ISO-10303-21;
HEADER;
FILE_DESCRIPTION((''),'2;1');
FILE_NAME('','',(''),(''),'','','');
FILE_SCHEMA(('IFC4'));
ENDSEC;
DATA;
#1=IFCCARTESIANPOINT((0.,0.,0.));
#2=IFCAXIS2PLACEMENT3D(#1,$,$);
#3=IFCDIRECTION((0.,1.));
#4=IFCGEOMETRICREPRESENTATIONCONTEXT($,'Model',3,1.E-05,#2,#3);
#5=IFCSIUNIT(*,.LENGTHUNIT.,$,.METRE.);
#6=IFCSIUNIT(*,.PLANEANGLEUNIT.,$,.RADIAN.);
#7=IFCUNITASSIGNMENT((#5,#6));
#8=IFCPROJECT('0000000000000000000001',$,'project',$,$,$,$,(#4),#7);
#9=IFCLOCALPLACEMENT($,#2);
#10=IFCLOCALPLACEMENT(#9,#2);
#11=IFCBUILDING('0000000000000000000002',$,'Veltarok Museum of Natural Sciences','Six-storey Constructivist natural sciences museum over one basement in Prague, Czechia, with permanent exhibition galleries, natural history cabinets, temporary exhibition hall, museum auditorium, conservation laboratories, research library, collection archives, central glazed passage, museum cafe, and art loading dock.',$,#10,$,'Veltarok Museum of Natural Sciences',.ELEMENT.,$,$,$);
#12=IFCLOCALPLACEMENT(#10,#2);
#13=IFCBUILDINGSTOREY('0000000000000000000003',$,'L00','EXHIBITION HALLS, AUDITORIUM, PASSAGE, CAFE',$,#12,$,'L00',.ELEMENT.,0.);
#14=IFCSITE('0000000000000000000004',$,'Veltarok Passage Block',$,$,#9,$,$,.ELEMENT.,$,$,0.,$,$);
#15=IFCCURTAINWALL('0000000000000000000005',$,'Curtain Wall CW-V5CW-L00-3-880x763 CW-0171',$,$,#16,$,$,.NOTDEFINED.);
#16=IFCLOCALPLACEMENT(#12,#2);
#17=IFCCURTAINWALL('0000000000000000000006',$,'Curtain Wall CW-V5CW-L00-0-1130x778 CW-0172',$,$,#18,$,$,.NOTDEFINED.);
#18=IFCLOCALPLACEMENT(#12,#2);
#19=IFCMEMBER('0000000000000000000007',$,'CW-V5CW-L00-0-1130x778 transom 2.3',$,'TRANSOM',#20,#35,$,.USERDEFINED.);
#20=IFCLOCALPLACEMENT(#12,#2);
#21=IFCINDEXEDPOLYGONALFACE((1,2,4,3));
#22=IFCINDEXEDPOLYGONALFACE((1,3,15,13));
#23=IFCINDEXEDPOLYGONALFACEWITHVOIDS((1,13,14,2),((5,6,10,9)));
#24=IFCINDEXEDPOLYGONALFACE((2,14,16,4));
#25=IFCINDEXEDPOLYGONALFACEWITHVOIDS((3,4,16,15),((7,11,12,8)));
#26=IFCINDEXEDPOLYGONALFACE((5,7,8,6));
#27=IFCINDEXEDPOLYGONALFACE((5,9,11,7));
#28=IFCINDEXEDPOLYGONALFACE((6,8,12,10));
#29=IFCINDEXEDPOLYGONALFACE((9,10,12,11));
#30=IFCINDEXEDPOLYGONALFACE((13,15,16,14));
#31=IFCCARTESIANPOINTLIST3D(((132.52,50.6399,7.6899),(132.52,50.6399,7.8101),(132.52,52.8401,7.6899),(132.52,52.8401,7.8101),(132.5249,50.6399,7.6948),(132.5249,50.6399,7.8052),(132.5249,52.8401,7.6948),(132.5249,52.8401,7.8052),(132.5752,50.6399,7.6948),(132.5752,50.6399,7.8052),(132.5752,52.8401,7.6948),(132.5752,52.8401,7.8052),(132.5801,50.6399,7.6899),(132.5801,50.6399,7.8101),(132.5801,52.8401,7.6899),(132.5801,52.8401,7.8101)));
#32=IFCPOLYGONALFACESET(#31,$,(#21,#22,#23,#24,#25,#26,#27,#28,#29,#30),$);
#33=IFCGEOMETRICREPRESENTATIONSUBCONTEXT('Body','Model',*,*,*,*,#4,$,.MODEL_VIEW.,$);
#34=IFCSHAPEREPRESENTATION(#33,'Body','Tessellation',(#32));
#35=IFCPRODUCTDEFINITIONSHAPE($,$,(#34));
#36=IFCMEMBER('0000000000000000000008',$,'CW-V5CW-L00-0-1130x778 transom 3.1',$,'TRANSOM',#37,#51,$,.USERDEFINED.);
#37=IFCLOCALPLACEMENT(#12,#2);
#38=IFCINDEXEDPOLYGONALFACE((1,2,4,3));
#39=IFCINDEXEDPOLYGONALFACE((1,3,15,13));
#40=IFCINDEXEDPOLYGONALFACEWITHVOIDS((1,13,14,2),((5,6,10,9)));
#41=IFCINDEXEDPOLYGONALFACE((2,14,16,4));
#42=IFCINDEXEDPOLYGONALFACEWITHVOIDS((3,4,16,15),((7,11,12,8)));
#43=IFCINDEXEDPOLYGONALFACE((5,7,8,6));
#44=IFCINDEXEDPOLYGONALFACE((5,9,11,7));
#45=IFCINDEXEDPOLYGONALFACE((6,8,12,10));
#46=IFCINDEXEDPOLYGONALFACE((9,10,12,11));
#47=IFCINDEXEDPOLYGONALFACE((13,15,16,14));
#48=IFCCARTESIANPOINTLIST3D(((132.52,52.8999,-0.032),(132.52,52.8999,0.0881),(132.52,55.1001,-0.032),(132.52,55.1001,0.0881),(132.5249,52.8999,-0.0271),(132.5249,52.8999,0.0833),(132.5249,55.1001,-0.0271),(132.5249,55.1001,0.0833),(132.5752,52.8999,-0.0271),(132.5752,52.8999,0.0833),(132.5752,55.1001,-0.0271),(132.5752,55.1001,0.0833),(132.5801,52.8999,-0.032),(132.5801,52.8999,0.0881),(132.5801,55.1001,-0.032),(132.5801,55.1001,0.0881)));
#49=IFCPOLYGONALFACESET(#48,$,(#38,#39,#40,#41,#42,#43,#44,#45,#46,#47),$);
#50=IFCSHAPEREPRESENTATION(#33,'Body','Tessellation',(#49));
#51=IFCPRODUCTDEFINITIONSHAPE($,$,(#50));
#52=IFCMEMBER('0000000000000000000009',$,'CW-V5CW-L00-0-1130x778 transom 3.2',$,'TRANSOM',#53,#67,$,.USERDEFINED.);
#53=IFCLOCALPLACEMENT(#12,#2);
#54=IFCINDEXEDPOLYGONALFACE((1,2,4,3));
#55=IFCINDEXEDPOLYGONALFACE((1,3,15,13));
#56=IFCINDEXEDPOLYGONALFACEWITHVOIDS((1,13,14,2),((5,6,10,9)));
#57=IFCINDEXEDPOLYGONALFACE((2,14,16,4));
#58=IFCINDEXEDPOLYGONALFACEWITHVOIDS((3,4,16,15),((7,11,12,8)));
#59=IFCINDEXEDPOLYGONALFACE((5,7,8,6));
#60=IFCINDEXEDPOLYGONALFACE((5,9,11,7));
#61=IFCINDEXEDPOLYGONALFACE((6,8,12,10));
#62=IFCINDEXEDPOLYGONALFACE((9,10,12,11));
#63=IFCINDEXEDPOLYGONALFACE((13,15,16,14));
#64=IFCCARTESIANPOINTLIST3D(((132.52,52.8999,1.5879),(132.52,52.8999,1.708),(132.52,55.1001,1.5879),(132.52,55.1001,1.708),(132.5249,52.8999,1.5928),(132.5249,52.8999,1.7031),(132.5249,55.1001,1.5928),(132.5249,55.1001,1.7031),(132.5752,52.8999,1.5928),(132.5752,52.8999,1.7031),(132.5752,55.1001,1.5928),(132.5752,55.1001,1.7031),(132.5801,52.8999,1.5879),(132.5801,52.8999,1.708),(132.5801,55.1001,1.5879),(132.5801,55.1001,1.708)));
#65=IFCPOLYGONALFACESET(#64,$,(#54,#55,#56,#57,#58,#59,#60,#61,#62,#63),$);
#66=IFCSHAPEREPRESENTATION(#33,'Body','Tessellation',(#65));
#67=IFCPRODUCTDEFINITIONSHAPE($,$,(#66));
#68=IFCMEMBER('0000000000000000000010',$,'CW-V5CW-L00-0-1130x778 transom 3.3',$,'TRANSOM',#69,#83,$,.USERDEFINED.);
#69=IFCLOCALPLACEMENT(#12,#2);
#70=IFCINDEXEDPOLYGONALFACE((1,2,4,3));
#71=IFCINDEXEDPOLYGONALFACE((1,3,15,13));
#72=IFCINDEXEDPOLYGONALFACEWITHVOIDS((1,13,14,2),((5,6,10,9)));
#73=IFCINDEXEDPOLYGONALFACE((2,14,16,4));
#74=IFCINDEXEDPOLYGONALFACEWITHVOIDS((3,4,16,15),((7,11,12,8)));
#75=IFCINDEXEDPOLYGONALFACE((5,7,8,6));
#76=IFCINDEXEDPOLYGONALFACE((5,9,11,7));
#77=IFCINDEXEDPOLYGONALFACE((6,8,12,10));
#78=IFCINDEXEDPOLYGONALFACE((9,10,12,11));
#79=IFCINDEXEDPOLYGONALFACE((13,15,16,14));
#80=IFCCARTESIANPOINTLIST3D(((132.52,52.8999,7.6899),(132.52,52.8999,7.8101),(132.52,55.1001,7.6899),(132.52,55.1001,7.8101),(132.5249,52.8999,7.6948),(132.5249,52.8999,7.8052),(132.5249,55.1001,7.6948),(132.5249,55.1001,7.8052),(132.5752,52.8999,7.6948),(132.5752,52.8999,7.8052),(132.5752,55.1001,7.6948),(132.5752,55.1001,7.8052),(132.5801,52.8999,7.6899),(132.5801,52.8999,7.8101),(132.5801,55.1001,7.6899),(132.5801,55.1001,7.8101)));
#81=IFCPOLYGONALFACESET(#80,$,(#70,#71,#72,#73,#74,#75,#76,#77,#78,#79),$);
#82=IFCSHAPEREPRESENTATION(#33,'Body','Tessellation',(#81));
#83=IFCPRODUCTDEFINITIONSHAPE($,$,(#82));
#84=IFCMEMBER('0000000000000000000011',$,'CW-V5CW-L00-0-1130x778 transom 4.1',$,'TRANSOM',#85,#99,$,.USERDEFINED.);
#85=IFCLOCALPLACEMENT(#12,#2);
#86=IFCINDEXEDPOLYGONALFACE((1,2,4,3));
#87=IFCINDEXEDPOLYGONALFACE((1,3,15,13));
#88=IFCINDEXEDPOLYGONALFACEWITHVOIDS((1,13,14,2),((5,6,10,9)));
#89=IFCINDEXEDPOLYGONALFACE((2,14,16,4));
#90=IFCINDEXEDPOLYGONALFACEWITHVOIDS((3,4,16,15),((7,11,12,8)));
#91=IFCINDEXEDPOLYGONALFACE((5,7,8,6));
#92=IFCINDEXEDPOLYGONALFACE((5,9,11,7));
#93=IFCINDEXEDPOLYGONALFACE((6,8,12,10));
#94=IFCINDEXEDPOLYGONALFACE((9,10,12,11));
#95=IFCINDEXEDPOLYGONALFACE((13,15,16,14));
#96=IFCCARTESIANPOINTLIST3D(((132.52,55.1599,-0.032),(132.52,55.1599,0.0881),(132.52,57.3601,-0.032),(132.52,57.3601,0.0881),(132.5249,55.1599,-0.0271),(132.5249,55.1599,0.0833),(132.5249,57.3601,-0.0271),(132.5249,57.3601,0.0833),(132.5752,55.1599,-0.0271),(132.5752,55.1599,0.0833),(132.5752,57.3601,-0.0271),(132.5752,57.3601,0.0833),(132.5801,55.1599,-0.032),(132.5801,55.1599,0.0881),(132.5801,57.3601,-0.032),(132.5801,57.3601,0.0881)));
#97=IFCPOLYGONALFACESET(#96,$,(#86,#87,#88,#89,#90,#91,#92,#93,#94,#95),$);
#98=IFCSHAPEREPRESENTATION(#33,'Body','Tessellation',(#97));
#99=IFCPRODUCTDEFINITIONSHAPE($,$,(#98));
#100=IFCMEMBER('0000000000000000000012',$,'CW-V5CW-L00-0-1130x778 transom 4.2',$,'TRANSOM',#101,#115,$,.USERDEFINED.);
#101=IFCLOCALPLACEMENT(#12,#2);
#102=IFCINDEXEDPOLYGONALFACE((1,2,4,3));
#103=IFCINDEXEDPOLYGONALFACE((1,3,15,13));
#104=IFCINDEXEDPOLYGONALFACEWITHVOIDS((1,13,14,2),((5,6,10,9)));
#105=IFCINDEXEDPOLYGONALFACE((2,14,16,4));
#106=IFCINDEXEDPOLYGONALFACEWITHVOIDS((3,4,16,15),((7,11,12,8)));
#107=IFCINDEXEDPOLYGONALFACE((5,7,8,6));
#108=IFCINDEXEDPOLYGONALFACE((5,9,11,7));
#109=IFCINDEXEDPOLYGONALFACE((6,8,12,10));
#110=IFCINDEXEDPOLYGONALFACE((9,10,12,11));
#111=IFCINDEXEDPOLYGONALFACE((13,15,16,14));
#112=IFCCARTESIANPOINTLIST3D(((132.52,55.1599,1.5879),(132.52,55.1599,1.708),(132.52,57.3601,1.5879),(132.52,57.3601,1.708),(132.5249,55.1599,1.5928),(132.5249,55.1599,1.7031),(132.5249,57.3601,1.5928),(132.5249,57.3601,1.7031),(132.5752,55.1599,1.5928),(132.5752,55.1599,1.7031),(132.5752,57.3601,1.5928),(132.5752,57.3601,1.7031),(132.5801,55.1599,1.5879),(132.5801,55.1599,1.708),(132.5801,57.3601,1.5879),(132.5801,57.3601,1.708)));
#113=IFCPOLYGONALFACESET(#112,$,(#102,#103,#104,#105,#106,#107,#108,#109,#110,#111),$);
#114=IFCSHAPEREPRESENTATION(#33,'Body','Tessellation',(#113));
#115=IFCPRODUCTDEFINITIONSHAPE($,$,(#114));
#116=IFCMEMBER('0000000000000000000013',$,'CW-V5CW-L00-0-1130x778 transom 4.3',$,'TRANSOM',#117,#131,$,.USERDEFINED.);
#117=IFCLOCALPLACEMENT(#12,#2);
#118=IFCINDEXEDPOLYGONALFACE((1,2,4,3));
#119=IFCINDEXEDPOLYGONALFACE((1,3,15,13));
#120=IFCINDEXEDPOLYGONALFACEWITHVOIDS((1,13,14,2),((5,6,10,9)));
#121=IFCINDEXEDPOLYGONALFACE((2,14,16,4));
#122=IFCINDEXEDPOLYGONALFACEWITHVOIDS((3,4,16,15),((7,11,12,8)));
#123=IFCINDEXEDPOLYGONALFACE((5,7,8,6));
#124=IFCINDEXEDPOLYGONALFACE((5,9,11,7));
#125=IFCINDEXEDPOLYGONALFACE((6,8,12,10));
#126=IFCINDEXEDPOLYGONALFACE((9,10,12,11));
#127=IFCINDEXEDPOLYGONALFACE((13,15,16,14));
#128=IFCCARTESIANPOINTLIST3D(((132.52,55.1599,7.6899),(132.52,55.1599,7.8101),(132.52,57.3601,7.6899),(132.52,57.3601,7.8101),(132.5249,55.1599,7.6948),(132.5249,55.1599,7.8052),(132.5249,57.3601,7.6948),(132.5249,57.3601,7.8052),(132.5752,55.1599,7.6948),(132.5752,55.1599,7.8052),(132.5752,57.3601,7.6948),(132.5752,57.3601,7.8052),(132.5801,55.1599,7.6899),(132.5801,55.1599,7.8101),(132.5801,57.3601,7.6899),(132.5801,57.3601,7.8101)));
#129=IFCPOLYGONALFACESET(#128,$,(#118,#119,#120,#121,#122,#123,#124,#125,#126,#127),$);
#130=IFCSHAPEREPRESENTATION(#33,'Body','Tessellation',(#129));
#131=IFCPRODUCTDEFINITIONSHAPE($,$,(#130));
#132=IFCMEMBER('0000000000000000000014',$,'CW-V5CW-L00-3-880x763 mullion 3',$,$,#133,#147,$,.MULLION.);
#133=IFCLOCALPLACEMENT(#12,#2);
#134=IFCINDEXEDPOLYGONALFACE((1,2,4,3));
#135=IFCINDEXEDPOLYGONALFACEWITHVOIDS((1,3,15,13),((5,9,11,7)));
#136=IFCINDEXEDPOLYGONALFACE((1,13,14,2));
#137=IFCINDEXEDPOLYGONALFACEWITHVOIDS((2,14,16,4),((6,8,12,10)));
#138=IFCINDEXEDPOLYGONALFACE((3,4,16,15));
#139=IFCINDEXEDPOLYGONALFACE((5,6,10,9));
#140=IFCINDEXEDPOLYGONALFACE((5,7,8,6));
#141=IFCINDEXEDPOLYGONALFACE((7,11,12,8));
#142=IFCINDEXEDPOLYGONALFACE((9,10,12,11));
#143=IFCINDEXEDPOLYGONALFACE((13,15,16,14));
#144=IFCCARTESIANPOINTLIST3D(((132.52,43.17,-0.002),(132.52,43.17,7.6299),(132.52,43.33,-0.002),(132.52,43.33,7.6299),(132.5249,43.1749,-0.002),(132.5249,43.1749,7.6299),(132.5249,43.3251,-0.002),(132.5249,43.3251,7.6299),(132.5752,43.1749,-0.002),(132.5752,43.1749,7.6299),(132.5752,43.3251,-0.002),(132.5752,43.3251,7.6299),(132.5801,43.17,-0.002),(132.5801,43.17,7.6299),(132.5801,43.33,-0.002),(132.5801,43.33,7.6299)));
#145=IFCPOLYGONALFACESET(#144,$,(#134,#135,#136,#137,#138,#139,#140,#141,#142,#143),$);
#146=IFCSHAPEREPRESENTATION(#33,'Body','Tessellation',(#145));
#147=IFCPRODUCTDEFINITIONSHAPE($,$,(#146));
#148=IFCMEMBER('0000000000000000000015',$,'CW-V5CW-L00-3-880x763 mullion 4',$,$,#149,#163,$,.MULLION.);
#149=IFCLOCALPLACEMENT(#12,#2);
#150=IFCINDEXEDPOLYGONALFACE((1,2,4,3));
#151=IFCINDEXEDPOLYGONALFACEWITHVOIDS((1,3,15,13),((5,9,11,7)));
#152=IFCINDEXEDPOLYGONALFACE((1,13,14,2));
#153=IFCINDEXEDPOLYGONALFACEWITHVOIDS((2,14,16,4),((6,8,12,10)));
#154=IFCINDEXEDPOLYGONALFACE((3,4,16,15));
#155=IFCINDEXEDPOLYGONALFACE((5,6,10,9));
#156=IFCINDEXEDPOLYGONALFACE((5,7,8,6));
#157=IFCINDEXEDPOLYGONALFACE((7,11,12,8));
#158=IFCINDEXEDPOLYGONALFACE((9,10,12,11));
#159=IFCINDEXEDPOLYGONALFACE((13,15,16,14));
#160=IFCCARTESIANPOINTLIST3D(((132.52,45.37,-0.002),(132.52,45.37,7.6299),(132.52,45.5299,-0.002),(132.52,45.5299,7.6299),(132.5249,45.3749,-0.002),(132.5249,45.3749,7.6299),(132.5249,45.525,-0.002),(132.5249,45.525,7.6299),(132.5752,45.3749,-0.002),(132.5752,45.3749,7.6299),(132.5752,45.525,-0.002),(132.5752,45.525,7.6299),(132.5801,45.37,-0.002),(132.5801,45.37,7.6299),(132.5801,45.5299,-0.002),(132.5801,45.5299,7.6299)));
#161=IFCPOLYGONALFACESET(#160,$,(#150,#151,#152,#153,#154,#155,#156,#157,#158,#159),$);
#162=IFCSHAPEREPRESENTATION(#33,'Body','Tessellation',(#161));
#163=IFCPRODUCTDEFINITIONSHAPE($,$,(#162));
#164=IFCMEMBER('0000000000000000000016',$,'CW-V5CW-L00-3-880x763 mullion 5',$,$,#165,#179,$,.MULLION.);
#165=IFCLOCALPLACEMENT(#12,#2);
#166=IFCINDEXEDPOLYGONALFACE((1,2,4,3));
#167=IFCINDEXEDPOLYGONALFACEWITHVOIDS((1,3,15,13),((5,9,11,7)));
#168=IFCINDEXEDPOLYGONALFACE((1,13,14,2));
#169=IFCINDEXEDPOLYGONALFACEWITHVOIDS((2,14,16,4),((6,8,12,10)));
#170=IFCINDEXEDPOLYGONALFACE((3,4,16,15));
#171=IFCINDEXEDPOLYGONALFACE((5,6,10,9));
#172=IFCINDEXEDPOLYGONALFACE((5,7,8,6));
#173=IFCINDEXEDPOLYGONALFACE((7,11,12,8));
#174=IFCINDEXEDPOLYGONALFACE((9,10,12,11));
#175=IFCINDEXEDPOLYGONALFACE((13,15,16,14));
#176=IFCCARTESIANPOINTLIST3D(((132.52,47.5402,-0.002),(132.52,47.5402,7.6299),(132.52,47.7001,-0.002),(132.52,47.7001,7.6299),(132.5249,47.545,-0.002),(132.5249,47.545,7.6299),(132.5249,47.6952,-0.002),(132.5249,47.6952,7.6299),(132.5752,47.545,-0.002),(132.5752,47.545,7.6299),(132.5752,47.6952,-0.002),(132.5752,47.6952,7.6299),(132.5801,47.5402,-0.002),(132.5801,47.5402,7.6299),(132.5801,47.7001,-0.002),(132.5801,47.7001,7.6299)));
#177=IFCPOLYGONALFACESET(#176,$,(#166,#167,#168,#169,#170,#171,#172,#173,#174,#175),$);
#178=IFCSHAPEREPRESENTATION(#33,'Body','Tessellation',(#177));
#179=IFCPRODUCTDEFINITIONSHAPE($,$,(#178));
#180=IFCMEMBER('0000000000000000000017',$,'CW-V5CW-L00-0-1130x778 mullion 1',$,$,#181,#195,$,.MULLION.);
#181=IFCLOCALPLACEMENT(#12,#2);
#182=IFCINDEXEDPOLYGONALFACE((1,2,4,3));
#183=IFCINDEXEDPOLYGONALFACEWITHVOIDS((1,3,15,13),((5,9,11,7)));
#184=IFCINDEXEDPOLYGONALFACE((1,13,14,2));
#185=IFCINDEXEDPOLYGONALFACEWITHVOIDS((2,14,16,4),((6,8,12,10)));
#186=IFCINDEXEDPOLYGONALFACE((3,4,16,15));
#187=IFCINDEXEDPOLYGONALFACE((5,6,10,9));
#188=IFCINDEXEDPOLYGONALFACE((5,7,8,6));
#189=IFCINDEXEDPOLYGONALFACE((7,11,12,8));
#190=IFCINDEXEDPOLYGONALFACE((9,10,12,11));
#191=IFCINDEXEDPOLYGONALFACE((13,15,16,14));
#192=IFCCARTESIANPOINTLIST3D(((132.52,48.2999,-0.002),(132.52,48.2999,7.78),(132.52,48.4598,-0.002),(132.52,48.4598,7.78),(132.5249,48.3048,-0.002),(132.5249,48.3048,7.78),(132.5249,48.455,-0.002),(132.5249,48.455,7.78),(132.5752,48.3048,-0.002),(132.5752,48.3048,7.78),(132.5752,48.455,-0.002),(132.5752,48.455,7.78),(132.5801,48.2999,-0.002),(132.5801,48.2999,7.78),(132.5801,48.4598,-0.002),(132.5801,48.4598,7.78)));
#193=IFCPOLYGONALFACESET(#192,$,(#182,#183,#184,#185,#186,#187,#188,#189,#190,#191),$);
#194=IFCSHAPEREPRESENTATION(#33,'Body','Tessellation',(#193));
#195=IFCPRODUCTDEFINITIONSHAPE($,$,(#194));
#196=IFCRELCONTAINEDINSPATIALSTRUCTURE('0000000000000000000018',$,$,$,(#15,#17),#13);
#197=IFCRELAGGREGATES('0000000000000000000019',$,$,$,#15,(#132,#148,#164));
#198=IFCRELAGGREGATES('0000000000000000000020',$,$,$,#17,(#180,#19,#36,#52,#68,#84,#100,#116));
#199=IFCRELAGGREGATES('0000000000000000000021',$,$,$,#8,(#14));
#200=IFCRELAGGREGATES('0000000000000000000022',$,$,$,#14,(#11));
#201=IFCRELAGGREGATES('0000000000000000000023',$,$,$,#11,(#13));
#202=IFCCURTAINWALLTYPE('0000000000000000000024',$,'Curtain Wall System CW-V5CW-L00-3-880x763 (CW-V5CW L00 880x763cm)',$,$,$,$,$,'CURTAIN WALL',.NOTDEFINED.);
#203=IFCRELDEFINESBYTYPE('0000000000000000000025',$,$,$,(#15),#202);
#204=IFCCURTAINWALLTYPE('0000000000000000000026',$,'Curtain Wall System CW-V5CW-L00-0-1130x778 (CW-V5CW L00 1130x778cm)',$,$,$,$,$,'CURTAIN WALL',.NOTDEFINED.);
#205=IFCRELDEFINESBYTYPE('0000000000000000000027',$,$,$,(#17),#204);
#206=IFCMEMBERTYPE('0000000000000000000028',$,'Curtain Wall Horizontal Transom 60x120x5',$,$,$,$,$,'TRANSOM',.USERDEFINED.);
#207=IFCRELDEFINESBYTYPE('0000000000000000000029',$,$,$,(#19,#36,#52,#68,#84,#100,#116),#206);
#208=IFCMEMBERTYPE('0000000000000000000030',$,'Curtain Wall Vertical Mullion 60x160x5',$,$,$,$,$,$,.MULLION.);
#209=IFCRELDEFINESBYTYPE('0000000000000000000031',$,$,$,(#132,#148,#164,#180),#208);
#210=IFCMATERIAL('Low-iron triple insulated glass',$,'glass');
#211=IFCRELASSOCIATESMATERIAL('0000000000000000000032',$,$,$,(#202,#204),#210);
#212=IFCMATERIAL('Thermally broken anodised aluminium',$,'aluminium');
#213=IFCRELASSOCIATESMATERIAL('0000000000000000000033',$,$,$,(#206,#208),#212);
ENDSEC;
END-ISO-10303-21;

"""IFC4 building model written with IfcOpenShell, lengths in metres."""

from ifc_helpers import new_model, si_unit, direction, frame, origin, origin_2d, place, context, subcontext, project, spatial, hollow_rectangle, extrude, material, material_profile, profile_set, type_object, element, aggregate, save


model = new_model("IFC4")

# Units and contexts
model_context = context("Model", 3, precision=1e-05, world=origin(), true_north=direction((0.0, 1.0)))
body_context = subcontext(model_context, "Body", "Model", "MODEL_VIEW")
ifc_project = project(units=[si_unit("LENGTHUNIT", "METRE"), si_unit("PLANEANGLEUNIT", "RADIAN")], contexts=[model_context])

# Site, building, storey
site_placement = place(None, origin())
site = spatial("IfcSite", under=ifc_project, at=site_placement, Name="Veltarok Passage Block", CompositionType="ELEMENT", RefElevation=0.0)
building_placement = place(site_placement, origin())
building = spatial("IfcBuilding", under=site, at=building_placement, Name="Veltarok Museum of Natural Sciences", Description="Six-storey Constructivist natural sciences museum over one basement in Prague, Czechia, with permanent exhibition galleries, natural history cabinets, temporary exhibition hall, museum auditorium, conservation laboratories, research library, collection archives, central glazed passage, museum cafe, and art loading dock.", LongName="Veltarok Museum of Natural Sciences", CompositionType="ELEMENT")
storey_placement = place(building_placement, origin())
storey = spatial("IfcBuildingStorey", under=building, at=storey_placement, Name="L00", Description="EXHIBITION HALLS, AUDITORIUM, PASSAGE, CAFE", LongName="L00", CompositionType="ELEMENT", Elevation=0.0)

# Curtain walls, members
ifc_material_1 = material(Name="Low-iron triple insulated glass", Category="glass")
curtain_wall_type_1 = type_object("IfcCurtainWallType", Name="Curtain Wall System CW-V5CW-L00-3-880x763 (CW-V5CW L00 880x763cm)", ElementType="CURTAIN WALL", PredefinedType="NOTDEFINED", material=ifc_material_1)
curtain_wall_1_placement = place(storey_placement, origin())
curtain_wall_1 = element("IfcCurtainWall", 1, at=curtain_wall_1_placement, inside=storey, type_object=curtain_wall_type_1, Name="Curtain Wall CW-V5CW-L00-3-880x763 CW-0171", PredefinedType="NOTDEFINED")
ifc_material_2 = material(Name="Thermally broken anodised aluminium", Category="aluminium")
ifc_material_profile_1 = material_profile(ifc_material_2, hollow_rectangle(XDim=0.0601, YDim=0.1201, WallThickness=0.0049, at=origin_2d()), Name="CW TRANSOM 60x120x5")
ifc_profile_set_1 = profile_set([ifc_material_profile_1], Name="Thermally broken anodised aluminium")
member_type_1 = type_object("IfcMemberType", Name="Curtain Wall Horizontal Transom 60x120x5", ElementType="TRANSOM", PredefinedType="USERDEFINED", material=ifc_profile_set_1)
curtain_wall_type_2 = type_object("IfcCurtainWallType", Name="Curtain Wall System CW-V5CW-L00-0-1130x778 (CW-V5CW L00 1130x778cm)", ElementType="CURTAIN WALL", PredefinedType="NOTDEFINED", material=ifc_material_1)
curtain_wall_2_placement = place(storey_placement, origin())
curtain_wall_2 = element("IfcCurtainWall", 2, at=curtain_wall_2_placement, inside=storey, type_object=curtain_wall_type_2, Name="Curtain Wall CW-V5CW-L00-0-1130x778 CW-0172", PredefinedType="NOTDEFINED")
member_1_placement = place(storey_placement, frame((132.55, 50.6399, 7.75), z_axis=(0.0, 1.0, 0.0), x_axis=(-1.0, 0.0, 0.0)))
member_1 = element("IfcMember", 3, at=member_1_placement, type_object=member_type_1, Name="CW-V5CW-L00-0-1130x778 transom 2.3", ObjectType="TRANSOM", PredefinedType="USERDEFINED", context=body_context, shape_type="SweptSolid", body=[
    extrude(hollow_rectangle(XDim=0.0601, YDim=0.1201, WallThickness=0.0049, at=origin_2d()), origin(), (0.0, 0.0, 1.0), 2.2002),
])
member_2_placement = place(storey_placement, frame((132.55, 52.8999, 0.0281), z_axis=(0.0, 1.0, 0.0), x_axis=(-1.0, 0.0, 0.0)))
member_2 = element("IfcMember", 4, at=member_2_placement, type_object=member_type_1, Name="CW-V5CW-L00-0-1130x778 transom 3.1", ObjectType="TRANSOM", PredefinedType="USERDEFINED", context=body_context, shape_type="SweptSolid", body=[
    extrude(hollow_rectangle(XDim=0.0601, YDim=0.1201, WallThickness=0.0049, at=origin_2d()), origin(), (0.0, 0.0, 1.0), 2.2002),
])
member_3_placement = place(storey_placement, frame((132.55, 52.8999, 1.6479), z_axis=(0.0, 1.0, 0.0), x_axis=(-1.0, 0.0, 0.0)))
member_3 = element("IfcMember", 5, at=member_3_placement, type_object=member_type_1, Name="CW-V5CW-L00-0-1130x778 transom 3.2", ObjectType="TRANSOM", PredefinedType="USERDEFINED", context=body_context, shape_type="SweptSolid", body=[
    extrude(hollow_rectangle(XDim=0.0601, YDim=0.1201, WallThickness=0.0049, at=origin_2d()), origin(), (0.0, 0.0, 1.0), 2.2002),
])
member_4_placement = place(storey_placement, frame((132.55, 52.8999, 7.75), z_axis=(0.0, 1.0, 0.0), x_axis=(-1.0, 0.0, 0.0)))
member_4 = element("IfcMember", 6, at=member_4_placement, type_object=member_type_1, Name="CW-V5CW-L00-0-1130x778 transom 3.3", ObjectType="TRANSOM", PredefinedType="USERDEFINED", context=body_context, shape_type="SweptSolid", body=[
    extrude(hollow_rectangle(XDim=0.0601, YDim=0.1201, WallThickness=0.0049, at=origin_2d()), origin(), (0.0, 0.0, 1.0), 2.2002),
])
member_5_placement = place(storey_placement, frame((132.55, 55.1599, 0.0281), z_axis=(0.0, 1.0, 0.0), x_axis=(-1.0, 0.0, 0.0)))
member_5 = element("IfcMember", 7, at=member_5_placement, type_object=member_type_1, Name="CW-V5CW-L00-0-1130x778 transom 4.1", ObjectType="TRANSOM", PredefinedType="USERDEFINED", context=body_context, shape_type="SweptSolid", body=[
    extrude(hollow_rectangle(XDim=0.0601, YDim=0.1201, WallThickness=0.0049, at=origin_2d()), origin(), (0.0, 0.0, 1.0), 2.2002),
])
member_6_placement = place(storey_placement, frame((132.55, 55.1599, 1.6479), z_axis=(0.0, 1.0, 0.0), x_axis=(-1.0, 0.0, 0.0)))
member_6 = element("IfcMember", 8, at=member_6_placement, type_object=member_type_1, Name="CW-V5CW-L00-0-1130x778 transom 4.2", ObjectType="TRANSOM", PredefinedType="USERDEFINED", context=body_context, shape_type="SweptSolid", body=[
    extrude(hollow_rectangle(XDim=0.0601, YDim=0.1201, WallThickness=0.0049, at=origin_2d()), origin(), (0.0, 0.0, 1.0), 2.2002),
])
member_7_placement = place(storey_placement, frame((132.55, 55.1599, 7.75), z_axis=(0.0, 1.0, 0.0), x_axis=(-1.0, 0.0, 0.0)))
member_7 = element("IfcMember", 9, at=member_7_placement, type_object=member_type_1, Name="CW-V5CW-L00-0-1130x778 transom 4.3", ObjectType="TRANSOM", PredefinedType="USERDEFINED", context=body_context, shape_type="SweptSolid", body=[
    extrude(hollow_rectangle(XDim=0.0601, YDim=0.1201, WallThickness=0.0049, at=origin_2d()), origin(), (0.0, 0.0, 1.0), 2.2002),
])

# Members
ifc_material_profile_2 = material_profile(ifc_material_2, hollow_rectangle(XDim=0.0601, YDim=0.1599, WallThickness=0.0049, at=origin_2d()), Name="CW MULLION 60x160x5")
ifc_profile_set_2 = profile_set([ifc_material_profile_2], Name="Thermally broken anodised aluminium")
member_type_2 = type_object("IfcMemberType", Name="Curtain Wall Vertical Mullion 60x160x5", PredefinedType="MULLION", material=ifc_profile_set_2)
member_8_placement = place(storey_placement, frame((132.55, 43.25, -0.002), z_axis=(0.0, 0.0, 1.0), x_axis=(-1.0, 0.0, 0.0)))
member_8 = element("IfcMember", 10, at=member_8_placement, type_object=member_type_2, Name="CW-V5CW-L00-3-880x763 mullion 3", PredefinedType="MULLION", context=body_context, shape_type="SweptSolid", body=[
    extrude(hollow_rectangle(XDim=0.0601, YDim=0.1599, WallThickness=0.0049, at=origin_2d()), origin(), (0.0, 0.0, 1.0), 7.6318),
])
member_9_placement = place(storey_placement, frame((132.55, 45.45, -0.002), z_axis=(0.0, 0.0, 1.0), x_axis=(-1.0, 0.0, 0.0)))
member_9 = element("IfcMember", 11, at=member_9_placement, type_object=member_type_2, Name="CW-V5CW-L00-3-880x763 mullion 4", PredefinedType="MULLION", context=body_context, shape_type="SweptSolid", body=[
    extrude(hollow_rectangle(XDim=0.0601, YDim=0.1599, WallThickness=0.0049, at=origin_2d()), origin(), (0.0, 0.0, 1.0), 7.6318),
])
member_10_placement = place(storey_placement, frame((132.55, 47.6201, -0.002), z_axis=(0.0, 0.0, 1.0), x_axis=(-1.0, 0.0, 0.0)))
member_10 = element("IfcMember", 12, at=member_10_placement, type_object=member_type_2, Name="CW-V5CW-L00-3-880x763 mullion 5", PredefinedType="MULLION", context=body_context, shape_type="SweptSolid", body=[
    extrude(hollow_rectangle(XDim=0.0601, YDim=0.1599, WallThickness=0.0049, at=origin_2d()), origin(), (0.0, 0.0, 1.0), 7.6318),
])
member_11_placement = place(storey_placement, frame((132.55, 48.3799, -0.002), z_axis=(0.0, 0.0, 1.0), x_axis=(-1.0, 0.0, 0.0)))
member_11 = element("IfcMember", 13, at=member_11_placement, type_object=member_type_2, Name="CW-V5CW-L00-0-1130x778 mullion 1", PredefinedType="MULLION", context=body_context, shape_type="SweptSolid", body=[
    extrude(hollow_rectangle(XDim=0.0601, YDim=0.1599, WallThickness=0.0049, at=origin_2d()), origin(), (0.0, 0.0, 1.0), 7.782),
])

aggregate(curtain_wall_1, [member_8, member_9, member_10])
aggregate(curtain_wall_2, [member_11, member_1, member_2, member_3, member_4, member_5, member_6, member_7])

save(model, "model.ifc")
